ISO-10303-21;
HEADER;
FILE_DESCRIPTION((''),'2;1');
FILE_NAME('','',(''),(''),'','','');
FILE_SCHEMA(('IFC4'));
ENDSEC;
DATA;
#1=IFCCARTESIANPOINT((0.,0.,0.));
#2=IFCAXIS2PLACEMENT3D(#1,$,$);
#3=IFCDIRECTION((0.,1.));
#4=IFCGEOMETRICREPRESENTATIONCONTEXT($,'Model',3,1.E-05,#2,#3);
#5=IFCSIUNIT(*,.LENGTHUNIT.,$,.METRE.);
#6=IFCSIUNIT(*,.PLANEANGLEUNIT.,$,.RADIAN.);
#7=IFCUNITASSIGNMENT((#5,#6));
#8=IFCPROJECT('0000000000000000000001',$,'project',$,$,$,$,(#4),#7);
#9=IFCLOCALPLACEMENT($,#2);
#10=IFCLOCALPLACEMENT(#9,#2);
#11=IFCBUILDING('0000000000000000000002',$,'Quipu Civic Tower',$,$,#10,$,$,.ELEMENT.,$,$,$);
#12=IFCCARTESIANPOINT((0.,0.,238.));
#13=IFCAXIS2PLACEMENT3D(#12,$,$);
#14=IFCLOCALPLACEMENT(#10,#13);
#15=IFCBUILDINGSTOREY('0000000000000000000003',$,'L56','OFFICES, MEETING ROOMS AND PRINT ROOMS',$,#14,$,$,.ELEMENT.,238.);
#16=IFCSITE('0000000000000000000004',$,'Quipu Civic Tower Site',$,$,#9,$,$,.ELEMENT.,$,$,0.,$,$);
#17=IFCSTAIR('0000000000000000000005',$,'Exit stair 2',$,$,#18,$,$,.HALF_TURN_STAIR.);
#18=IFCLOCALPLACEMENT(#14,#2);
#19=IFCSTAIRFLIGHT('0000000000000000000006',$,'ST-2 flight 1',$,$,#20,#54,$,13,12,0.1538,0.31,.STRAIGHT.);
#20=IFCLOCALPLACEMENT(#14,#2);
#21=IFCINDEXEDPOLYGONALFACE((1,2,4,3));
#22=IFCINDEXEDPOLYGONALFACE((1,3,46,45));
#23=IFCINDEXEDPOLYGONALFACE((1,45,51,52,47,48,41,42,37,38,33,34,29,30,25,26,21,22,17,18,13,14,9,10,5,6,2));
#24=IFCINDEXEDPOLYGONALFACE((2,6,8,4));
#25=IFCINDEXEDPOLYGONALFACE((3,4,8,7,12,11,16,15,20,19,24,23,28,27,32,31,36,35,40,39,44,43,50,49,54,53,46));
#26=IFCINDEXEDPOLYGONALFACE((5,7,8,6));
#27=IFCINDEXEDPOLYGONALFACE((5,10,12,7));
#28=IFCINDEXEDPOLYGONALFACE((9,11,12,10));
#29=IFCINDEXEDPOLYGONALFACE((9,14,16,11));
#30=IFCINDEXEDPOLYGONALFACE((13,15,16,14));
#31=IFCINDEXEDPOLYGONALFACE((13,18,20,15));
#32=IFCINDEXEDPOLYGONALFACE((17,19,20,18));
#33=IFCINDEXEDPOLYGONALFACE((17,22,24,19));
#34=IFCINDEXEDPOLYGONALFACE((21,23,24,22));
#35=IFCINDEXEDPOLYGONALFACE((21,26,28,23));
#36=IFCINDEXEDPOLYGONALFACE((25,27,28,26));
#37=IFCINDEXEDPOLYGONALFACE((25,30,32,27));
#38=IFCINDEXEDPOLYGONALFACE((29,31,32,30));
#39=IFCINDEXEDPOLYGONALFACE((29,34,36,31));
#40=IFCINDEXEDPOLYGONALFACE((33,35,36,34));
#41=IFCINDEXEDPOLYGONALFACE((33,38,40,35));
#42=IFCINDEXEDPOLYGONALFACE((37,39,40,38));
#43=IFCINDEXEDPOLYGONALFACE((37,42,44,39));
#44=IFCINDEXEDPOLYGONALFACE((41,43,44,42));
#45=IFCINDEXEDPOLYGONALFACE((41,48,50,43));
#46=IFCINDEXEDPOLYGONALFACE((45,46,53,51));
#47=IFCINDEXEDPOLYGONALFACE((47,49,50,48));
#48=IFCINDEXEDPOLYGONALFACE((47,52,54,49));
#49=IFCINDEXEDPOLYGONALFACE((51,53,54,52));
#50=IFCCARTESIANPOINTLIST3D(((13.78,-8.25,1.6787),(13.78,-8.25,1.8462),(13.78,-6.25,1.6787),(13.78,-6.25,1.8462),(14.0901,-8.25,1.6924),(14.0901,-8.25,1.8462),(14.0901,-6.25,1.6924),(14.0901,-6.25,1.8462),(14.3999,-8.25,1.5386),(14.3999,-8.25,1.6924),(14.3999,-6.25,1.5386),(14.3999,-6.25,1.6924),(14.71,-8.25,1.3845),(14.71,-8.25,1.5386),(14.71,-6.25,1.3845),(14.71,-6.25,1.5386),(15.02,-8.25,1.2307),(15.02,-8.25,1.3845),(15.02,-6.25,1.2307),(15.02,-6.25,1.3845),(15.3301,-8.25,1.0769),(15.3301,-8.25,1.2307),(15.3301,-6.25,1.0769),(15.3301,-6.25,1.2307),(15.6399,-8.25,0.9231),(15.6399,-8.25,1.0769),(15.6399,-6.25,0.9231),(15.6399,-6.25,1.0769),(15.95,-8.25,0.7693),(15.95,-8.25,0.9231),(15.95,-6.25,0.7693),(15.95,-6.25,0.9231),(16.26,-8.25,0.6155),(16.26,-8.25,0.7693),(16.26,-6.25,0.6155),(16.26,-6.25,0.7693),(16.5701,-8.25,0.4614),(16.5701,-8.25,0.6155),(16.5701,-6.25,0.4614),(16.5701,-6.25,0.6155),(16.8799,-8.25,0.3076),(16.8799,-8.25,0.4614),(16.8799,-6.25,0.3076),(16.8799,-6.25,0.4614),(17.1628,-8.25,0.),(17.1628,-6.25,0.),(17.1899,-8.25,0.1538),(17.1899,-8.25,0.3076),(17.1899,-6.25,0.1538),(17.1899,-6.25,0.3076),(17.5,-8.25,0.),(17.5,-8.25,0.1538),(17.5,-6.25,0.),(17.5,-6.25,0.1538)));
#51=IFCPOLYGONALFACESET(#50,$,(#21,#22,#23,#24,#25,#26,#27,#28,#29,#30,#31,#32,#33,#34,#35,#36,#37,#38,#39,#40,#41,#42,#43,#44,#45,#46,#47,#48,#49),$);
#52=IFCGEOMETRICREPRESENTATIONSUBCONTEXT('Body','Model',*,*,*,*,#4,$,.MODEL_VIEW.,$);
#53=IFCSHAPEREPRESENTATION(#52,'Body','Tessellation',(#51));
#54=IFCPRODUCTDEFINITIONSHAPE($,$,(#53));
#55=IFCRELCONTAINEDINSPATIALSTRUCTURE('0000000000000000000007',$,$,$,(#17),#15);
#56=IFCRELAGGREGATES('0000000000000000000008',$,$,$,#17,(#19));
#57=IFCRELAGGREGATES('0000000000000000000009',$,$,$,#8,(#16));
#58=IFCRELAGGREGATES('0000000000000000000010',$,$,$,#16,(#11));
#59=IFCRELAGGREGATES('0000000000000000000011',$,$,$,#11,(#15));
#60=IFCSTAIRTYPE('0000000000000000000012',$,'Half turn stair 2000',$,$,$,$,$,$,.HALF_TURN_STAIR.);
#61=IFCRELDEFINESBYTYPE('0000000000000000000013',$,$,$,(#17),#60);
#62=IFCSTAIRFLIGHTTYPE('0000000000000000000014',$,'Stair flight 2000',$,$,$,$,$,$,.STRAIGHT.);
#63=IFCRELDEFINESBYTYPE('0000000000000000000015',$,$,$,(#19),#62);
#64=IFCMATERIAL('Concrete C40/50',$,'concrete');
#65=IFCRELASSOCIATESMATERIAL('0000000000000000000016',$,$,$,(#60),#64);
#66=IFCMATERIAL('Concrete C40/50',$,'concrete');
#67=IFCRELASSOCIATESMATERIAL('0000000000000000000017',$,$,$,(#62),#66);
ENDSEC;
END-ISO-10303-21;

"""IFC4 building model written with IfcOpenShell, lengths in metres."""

from ifc_helpers import new_model, si_unit, direction, frame, origin, place, context, subcontext, project, spatial, polyline, outline, extrude, material, type_object, element, aggregate, save


model = new_model("IFC4")

# Units and contexts
model_context = context("Model", 3, precision=1e-05, world=origin(), true_north=direction((0.0, 1.0)))
body_context = subcontext(model_context, "Body", "Model", "MODEL_VIEW")
ifc_project = project(units=[si_unit("LENGTHUNIT", "METRE"), si_unit("PLANEANGLEUNIT", "RADIAN")], contexts=[model_context])

# Site, building, storey
site_placement = place(None, origin())
site = spatial("IfcSite", under=ifc_project, at=site_placement, Name="Quipu Civic Tower Site", CompositionType="ELEMENT", RefElevation=0.0)
building_placement = place(site_placement, origin())
building = spatial("IfcBuilding", under=site, at=building_placement, Name="Quipu Civic Tower", CompositionType="ELEMENT")
storey_placement = place(building_placement, frame((0.0, 0.0, 238.0)))
storey = spatial("IfcBuildingStorey", under=building, at=storey_placement, Name="L56", Description="OFFICES, MEETING ROOMS AND PRINT ROOMS", CompositionType="ELEMENT", Elevation=238.0)

# Stair, stair flight
ifc_material_1 = material(Name="Concrete C40/50", Category="concrete")
stair_type = type_object("IfcStairType", Name="Half turn stair 2000", PredefinedType="HALF_TURN_STAIR", material=ifc_material_1)
stair_placement = place(storey_placement, origin())
stair = element("IfcStair", 1, at=stair_placement, inside=storey, type_object=stair_type, Name="Exit stair 2", PredefinedType="HALF_TURN_STAIR")
ifc_material_2 = material(Name="Concrete C40/50", Category="concrete")
stair_flight_type = type_object("IfcStairFlightType", Name="Stair flight 2000", PredefinedType="STRAIGHT", material=ifc_material_2)
stair_flight_placement = place(storey_placement, frame((17.5, -7.25, 0.0), z_axis=(0.0, 0.0, 1.0), x_axis=(-1.0, 0.0, 0.0)))
stair_flight = element("IfcStairFlight", 2, at=stair_flight_placement, type_object=stair_flight_type, Name="ST-2 flight 1", NumberOfRisers=13, NumberOfTreads=12, PredefinedType="STRAIGHT", RiserHeight=0.1538, TreadLength=0.31, context=body_context, shape_type="SweptSolid", body=[
    extrude(outline(polyline([(0.0, 0.0), (0.0, 0.1538), (0.3101, 0.1538), (0.3101, 0.3076), (0.6201, 0.3076), (0.6201, 0.4614), (0.9299, 0.4614), (0.9299, 0.6155), (1.24, 0.6155), (1.24, 0.7693), (1.55, 0.7693), (1.55, 0.9231), (1.8601, 0.9231), (1.8601, 1.0769), (2.1699, 1.0769), (2.1699, 1.2307), (2.48, 1.2307), (2.48, 1.3845), (2.79, 1.3845), (2.79, 1.5386), (3.1001, 1.5386), (3.1001, 1.6924), (3.4099, 1.6924), (3.4099, 1.8462), (3.72, 1.8462), (3.72, 2.0), (3.72, 1.6787), (0.3372, 0.0), (0.0, 0.0)])), frame((0.0, 1.0, 0.0), z_axis=(0.0, -1.0, 0.0), x_axis=(1.0, 0.0, 0.0)), (0.0, 0.0, 1.0), 2.0),
])
aggregate(stair, [stair_flight])

save(model, "model.ifc")
